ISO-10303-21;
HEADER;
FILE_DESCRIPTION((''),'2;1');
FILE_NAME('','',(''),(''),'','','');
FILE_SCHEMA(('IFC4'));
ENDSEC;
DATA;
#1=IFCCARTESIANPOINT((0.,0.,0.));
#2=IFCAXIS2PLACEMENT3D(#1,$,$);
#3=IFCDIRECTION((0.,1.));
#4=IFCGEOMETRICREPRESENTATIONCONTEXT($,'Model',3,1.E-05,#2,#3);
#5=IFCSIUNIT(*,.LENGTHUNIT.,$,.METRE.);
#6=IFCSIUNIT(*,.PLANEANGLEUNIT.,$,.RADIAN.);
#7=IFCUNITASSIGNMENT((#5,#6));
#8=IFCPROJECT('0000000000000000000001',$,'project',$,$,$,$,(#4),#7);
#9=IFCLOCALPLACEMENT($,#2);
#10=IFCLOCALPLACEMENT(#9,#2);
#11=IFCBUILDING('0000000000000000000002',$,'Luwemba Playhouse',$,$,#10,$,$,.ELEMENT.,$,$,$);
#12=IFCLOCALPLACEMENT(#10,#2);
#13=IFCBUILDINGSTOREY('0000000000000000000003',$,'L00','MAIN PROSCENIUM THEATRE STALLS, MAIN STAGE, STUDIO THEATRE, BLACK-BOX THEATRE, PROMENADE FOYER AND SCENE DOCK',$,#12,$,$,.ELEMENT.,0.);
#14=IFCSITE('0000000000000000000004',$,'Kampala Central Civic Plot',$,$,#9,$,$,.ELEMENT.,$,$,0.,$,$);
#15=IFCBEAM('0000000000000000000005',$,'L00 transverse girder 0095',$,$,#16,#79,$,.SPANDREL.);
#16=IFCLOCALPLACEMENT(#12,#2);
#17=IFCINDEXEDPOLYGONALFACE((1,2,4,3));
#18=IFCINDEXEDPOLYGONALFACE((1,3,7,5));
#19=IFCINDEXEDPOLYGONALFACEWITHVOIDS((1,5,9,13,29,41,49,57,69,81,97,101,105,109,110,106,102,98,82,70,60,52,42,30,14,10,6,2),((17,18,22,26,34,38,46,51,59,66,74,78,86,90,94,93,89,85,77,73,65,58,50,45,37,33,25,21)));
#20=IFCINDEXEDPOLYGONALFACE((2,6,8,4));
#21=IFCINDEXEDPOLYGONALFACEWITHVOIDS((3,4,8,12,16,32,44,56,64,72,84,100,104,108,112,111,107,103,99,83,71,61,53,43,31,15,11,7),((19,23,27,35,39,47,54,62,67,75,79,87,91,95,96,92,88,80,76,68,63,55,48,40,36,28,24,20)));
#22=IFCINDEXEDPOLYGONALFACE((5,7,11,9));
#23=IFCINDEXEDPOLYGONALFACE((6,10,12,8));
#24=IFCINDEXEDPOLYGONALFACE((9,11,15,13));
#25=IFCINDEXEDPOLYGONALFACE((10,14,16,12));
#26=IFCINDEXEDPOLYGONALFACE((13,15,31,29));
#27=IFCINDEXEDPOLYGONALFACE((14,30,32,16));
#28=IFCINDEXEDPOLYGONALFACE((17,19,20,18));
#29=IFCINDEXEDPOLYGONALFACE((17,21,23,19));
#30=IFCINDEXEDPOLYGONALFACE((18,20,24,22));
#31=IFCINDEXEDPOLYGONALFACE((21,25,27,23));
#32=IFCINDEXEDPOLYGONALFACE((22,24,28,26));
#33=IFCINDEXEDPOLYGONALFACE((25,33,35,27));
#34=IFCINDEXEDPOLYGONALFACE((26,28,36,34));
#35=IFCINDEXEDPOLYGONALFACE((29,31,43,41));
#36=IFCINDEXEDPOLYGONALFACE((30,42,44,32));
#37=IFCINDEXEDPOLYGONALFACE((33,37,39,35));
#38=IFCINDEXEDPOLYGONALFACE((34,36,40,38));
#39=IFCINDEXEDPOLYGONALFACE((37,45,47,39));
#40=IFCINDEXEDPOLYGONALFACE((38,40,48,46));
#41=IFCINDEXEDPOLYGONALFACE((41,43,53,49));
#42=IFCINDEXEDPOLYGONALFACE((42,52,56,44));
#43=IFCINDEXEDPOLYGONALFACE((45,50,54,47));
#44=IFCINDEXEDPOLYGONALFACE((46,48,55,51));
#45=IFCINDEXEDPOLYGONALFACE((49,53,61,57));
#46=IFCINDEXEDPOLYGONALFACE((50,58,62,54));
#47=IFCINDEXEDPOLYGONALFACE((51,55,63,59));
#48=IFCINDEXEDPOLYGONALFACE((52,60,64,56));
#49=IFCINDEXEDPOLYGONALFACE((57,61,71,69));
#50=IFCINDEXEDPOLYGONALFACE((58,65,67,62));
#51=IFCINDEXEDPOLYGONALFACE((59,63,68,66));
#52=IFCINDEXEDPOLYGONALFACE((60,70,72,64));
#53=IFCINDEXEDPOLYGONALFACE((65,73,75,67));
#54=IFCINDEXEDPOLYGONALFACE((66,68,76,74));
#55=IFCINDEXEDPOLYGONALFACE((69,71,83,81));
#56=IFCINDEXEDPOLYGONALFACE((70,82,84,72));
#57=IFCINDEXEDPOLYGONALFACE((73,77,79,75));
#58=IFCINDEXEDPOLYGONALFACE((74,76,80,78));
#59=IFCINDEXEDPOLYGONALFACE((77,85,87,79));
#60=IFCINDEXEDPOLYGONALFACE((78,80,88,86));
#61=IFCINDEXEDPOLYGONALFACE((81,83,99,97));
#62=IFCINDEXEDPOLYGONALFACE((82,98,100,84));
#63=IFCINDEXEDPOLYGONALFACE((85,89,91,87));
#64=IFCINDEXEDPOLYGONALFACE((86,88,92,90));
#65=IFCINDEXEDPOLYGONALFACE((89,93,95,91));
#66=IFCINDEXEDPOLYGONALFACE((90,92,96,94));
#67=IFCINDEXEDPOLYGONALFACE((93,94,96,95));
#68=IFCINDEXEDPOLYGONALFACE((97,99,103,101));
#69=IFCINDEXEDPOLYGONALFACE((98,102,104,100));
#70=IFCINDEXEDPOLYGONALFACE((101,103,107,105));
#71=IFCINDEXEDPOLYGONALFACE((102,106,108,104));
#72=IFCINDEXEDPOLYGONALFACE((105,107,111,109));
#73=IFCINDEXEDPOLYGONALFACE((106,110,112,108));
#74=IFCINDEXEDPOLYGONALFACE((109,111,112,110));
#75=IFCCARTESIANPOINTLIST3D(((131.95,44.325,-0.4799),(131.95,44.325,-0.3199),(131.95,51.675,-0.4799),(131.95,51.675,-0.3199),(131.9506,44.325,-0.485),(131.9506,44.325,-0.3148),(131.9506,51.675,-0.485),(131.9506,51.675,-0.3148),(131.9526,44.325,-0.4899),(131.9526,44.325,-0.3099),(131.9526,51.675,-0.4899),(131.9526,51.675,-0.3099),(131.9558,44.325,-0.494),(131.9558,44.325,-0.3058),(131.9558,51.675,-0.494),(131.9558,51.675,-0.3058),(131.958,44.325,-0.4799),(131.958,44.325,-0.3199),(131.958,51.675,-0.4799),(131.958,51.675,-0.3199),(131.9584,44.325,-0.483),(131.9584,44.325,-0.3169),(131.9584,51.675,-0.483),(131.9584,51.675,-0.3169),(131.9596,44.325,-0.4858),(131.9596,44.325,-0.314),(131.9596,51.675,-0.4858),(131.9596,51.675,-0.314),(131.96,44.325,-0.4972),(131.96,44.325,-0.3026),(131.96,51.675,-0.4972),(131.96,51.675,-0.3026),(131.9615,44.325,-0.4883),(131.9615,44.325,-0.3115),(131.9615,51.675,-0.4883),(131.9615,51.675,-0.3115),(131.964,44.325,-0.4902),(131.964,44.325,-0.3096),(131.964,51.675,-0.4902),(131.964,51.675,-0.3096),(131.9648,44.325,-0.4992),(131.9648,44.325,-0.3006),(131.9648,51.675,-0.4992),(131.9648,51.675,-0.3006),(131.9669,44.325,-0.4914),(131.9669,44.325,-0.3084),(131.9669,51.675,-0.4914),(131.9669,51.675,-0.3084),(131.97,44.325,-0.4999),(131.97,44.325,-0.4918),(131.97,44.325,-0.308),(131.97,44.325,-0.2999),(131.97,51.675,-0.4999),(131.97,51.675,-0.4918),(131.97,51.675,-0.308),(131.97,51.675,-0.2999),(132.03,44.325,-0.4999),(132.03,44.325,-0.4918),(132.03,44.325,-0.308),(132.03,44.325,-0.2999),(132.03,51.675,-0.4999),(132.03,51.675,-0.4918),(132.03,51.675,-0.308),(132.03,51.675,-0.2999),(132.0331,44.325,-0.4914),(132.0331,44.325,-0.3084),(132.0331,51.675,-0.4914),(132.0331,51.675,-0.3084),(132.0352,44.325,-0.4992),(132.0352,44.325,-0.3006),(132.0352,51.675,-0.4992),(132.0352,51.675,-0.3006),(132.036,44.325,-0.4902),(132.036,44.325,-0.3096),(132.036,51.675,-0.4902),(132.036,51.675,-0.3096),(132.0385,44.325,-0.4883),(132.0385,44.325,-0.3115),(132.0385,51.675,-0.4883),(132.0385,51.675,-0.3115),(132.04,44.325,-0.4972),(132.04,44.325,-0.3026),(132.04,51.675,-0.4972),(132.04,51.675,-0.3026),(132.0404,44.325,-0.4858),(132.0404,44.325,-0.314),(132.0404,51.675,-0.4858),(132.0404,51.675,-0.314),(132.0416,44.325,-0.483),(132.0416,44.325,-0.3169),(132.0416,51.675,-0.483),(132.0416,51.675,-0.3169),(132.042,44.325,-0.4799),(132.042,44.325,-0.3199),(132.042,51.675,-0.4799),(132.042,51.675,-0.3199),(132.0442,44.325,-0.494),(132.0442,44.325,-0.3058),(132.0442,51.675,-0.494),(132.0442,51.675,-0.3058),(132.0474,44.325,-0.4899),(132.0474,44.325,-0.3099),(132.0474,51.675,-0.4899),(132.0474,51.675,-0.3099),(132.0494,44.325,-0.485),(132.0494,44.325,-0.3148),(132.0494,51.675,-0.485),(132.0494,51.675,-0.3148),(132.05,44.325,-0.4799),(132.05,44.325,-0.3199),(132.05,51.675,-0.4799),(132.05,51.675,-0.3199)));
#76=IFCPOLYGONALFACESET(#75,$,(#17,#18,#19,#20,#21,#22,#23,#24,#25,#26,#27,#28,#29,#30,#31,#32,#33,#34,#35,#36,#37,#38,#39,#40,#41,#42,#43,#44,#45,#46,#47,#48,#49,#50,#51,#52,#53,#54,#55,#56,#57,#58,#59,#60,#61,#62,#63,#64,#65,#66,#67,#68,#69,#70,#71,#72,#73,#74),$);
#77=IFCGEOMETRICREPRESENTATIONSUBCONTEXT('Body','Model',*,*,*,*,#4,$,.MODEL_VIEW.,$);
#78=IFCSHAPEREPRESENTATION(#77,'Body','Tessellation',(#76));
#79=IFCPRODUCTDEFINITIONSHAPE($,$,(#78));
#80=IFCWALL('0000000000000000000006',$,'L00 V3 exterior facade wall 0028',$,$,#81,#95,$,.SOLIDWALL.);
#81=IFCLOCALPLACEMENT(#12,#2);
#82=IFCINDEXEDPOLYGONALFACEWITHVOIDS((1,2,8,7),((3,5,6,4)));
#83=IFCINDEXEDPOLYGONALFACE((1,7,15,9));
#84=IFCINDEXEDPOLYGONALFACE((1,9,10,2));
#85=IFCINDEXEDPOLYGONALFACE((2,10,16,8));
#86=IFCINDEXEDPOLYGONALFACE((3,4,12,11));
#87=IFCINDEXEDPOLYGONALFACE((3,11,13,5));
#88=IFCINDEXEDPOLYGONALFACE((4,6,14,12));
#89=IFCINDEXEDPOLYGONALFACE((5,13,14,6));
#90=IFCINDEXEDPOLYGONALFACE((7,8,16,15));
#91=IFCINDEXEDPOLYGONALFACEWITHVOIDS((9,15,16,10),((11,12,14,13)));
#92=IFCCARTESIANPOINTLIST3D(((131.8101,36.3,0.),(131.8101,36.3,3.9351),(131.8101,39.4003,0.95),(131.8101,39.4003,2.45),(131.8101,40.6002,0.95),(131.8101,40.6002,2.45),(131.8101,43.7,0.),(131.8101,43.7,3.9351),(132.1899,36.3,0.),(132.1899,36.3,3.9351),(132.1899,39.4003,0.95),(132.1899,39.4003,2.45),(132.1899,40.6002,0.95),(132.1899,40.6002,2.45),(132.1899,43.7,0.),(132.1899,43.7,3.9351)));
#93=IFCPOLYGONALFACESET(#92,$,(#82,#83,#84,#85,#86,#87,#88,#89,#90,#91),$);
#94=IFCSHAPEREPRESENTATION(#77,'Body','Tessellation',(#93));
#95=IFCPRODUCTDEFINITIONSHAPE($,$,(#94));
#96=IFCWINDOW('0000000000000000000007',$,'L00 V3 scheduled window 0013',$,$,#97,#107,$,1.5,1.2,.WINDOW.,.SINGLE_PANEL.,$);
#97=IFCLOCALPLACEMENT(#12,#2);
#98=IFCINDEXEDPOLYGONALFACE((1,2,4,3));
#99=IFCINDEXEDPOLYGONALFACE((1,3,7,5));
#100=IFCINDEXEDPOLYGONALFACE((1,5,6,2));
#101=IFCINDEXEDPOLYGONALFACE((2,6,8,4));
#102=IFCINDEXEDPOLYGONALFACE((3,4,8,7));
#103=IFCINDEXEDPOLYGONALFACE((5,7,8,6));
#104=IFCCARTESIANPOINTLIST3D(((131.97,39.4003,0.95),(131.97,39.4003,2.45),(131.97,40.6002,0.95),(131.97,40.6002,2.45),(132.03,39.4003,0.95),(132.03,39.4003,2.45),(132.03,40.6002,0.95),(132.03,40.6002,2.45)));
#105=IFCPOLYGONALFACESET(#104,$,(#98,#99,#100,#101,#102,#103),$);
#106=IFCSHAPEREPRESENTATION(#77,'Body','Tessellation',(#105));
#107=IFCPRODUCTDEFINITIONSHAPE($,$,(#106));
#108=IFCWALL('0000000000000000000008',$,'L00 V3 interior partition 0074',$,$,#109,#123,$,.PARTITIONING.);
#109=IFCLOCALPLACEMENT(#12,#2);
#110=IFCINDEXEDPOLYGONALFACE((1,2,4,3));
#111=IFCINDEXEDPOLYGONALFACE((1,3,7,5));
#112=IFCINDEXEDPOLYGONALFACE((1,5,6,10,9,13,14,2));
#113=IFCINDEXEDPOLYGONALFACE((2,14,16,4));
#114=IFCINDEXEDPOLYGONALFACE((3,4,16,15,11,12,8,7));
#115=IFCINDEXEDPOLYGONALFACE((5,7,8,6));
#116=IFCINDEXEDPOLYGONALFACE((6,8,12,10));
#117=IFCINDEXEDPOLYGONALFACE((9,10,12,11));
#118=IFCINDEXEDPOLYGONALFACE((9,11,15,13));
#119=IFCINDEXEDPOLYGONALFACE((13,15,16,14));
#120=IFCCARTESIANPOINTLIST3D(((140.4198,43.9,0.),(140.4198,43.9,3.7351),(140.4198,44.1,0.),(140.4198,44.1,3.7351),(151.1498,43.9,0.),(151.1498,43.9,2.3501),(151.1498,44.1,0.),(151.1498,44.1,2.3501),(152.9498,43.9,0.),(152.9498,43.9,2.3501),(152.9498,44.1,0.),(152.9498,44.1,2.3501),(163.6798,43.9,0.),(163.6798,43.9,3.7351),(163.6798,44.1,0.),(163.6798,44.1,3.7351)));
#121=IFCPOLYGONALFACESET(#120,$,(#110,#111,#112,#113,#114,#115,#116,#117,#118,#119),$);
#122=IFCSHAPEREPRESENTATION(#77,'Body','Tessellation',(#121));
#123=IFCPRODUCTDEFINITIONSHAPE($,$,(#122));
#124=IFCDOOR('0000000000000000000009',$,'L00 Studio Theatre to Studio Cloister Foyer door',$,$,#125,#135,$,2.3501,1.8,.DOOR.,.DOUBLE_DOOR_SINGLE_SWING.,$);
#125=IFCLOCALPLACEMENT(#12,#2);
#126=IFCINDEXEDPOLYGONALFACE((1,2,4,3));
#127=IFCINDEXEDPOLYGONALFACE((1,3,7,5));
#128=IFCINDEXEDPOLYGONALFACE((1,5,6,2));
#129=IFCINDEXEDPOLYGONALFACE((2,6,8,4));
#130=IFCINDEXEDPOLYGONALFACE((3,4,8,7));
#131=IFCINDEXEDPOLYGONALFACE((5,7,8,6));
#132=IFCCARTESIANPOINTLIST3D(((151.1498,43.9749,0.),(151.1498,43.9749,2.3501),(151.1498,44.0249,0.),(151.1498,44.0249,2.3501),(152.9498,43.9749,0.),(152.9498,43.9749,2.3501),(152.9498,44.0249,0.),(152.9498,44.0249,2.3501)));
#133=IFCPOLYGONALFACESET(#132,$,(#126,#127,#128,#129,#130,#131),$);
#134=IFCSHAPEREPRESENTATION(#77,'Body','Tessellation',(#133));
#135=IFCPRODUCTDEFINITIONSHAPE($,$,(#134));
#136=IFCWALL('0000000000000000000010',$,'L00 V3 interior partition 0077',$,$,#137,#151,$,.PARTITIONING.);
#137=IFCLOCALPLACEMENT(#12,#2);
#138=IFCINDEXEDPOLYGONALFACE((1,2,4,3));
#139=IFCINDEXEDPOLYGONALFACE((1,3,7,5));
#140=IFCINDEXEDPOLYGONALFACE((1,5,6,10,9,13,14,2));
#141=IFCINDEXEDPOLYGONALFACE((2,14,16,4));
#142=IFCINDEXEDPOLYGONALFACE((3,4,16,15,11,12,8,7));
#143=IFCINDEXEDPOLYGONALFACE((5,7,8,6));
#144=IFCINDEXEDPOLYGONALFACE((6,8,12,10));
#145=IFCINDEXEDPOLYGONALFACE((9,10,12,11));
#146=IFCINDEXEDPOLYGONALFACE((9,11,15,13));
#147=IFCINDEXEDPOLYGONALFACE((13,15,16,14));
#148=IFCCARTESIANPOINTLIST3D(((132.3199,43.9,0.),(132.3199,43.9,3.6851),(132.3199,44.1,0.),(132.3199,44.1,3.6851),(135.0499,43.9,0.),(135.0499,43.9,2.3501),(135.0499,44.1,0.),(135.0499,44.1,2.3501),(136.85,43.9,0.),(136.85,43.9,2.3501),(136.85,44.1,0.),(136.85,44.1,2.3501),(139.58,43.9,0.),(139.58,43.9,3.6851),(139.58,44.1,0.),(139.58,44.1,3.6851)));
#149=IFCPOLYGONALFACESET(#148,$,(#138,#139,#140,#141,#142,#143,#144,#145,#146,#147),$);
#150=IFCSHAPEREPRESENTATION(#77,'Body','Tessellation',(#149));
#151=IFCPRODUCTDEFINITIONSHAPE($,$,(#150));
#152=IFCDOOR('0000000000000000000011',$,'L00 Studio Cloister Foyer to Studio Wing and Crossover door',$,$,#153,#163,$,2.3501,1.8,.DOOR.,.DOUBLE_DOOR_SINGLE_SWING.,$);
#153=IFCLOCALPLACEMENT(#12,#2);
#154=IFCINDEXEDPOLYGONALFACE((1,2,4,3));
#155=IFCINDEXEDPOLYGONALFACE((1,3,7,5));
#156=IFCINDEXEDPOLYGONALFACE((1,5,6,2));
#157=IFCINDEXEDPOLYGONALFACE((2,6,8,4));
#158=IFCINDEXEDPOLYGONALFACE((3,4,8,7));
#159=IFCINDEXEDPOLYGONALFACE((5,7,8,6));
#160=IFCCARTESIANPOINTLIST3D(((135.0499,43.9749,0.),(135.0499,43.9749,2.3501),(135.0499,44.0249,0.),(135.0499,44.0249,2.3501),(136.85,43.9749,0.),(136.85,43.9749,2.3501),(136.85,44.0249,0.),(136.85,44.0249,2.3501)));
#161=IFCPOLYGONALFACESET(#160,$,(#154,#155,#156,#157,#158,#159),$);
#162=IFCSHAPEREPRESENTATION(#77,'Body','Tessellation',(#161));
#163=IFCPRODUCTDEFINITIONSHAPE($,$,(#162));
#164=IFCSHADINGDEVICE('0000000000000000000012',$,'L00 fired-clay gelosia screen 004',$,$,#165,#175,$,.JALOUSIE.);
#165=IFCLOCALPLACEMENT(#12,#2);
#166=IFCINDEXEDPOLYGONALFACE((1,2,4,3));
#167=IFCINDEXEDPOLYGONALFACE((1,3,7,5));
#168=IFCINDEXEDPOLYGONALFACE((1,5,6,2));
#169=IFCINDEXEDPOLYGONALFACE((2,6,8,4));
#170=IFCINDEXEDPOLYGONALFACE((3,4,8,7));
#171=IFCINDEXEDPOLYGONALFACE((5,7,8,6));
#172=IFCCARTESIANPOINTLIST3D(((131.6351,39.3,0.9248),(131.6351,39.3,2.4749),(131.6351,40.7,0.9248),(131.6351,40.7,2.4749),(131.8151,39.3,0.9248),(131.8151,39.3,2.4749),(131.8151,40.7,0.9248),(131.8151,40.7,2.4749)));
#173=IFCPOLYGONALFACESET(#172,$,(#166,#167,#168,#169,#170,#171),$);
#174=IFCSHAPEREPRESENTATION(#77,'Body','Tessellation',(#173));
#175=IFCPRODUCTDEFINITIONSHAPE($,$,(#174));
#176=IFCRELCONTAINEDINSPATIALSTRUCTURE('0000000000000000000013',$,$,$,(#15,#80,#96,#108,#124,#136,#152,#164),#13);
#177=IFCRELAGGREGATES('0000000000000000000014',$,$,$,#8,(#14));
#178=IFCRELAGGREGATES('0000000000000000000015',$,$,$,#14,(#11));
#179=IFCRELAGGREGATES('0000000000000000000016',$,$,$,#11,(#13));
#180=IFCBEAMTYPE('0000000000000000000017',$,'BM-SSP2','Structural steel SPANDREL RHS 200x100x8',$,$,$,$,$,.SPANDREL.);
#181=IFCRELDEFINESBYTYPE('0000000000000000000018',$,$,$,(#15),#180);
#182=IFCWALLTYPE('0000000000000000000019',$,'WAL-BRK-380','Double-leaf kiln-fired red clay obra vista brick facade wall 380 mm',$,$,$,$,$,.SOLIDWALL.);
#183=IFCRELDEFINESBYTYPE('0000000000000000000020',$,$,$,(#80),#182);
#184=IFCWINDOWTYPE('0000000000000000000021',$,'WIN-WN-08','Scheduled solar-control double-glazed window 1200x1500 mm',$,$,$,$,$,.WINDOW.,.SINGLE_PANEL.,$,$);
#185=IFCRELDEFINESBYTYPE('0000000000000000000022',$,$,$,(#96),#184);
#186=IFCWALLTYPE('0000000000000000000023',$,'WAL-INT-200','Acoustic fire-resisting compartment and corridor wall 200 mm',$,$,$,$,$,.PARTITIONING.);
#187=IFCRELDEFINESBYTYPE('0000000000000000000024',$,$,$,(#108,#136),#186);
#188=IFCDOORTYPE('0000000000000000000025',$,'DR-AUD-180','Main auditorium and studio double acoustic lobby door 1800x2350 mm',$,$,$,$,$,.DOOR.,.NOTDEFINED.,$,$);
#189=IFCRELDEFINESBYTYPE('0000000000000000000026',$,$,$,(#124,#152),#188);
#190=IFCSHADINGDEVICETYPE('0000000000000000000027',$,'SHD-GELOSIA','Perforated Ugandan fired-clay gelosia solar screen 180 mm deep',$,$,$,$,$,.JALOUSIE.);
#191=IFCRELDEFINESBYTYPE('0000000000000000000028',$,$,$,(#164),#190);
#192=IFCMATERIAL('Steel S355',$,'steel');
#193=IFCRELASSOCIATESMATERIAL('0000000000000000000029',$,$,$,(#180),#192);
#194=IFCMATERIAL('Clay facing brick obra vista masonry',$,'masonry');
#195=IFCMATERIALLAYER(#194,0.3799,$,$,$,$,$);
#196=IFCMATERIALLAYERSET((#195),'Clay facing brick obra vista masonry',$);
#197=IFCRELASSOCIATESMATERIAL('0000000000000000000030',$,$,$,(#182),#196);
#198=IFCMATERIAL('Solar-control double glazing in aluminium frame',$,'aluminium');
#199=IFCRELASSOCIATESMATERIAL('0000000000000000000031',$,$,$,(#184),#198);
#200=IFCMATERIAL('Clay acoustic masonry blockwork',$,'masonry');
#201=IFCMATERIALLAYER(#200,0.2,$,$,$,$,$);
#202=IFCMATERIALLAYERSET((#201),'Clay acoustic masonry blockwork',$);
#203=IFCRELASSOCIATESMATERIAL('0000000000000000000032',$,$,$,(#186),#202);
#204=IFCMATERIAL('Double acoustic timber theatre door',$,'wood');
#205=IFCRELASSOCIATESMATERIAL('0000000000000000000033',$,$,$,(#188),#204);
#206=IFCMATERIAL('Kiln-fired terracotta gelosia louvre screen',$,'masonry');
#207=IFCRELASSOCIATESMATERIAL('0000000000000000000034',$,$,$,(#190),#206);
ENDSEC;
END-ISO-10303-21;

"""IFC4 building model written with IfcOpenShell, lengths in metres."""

from ifc_helpers import new_model, si_unit, direction, frame, frame_2d, origin, origin_2d, place, context, subcontext, project, spatial, rectangle, hollow_rectangle, extrude, material, layer, layer_set, material_profile, profile_set, type_object, element, fill, save


model = new_model("IFC4")

# Units and contexts
model_context = context("Model", 3, precision=1e-05, world=origin(), true_north=direction((0.0, 1.0)))
body_context = subcontext(model_context, "Body", "Model", "MODEL_VIEW")
ifc_project = project(units=[si_unit("LENGTHUNIT", "METRE"), si_unit("PLANEANGLEUNIT", "RADIAN")], contexts=[model_context])

# Site, building, storey
site_placement = place(None, origin())
site = spatial("IfcSite", under=ifc_project, at=site_placement, Name="Kampala Central Civic Plot", CompositionType="ELEMENT", RefElevation=0.0)
building_placement = place(site_placement, origin())
building = spatial("IfcBuilding", under=site, at=building_placement, Name="Luwemba Playhouse", CompositionType="ELEMENT")
storey_placement = place(building_placement, origin())
storey = spatial("IfcBuildingStorey", under=building, at=storey_placement, Name="L00", Description="MAIN PROSCENIUM THEATRE STALLS, MAIN STAGE, STUDIO THEATRE, BLACK-BOX THEATRE, PROMENADE FOYER AND SCENE DOCK", CompositionType="ELEMENT", Elevation=0.0)

# Beam
ifc_material_1 = material(Name="Steel S355", Category="steel")
ifc_material_profile_1 = material_profile(ifc_material_1, hollow_rectangle(XDim=0.1001, YDim=0.2, WallThickness=0.0081, InnerFilletRadius=0.012, OuterFilletRadius=0.02, at=origin_2d()))
ifc_profile_set_1 = profile_set([ifc_material_profile_1], Name="Steel S355")
beam_type_1 = type_object("IfcBeamType", Name="BM-SSP2", Description="Structural steel SPANDREL RHS 200x100x8", PredefinedType="SPANDREL", material=ifc_profile_set_1)
beam_1_placement = place(storey_placement, frame((132.0, 44.325, -0.3999), z_axis=(0.0, 1.0, 0.0), x_axis=(-1.0, 0.0, 0.0)))
element("IfcBeam", 1, at=beam_1_placement, inside=storey, type_object=beam_type_1, Name="L00 transverse girder 0095", PredefinedType="SPANDREL", context=body_context, shape_type="SweptSolid", body=[
    extrude(hollow_rectangle(XDim=0.1001, YDim=0.2, WallThickness=0.0081, InnerFilletRadius=0.012, OuterFilletRadius=0.02, at=origin_2d()), origin(), (0.0, 0.0, 1.0), 7.3501),
])

# Wall, opening, window
ifc_material_2 = material(Name="Clay facing brick obra vista masonry", Category="masonry")
ifc_layer_1 = layer(ifc_material_2, 0.3799)
ifc_layer_set_1 = layer_set([ifc_layer_1], Name="Clay facing brick obra vista masonry")
wall_type_1 = type_object("IfcWallType", Name="WAL-BRK-380", Description="Double-leaf kiln-fired red clay obra vista brick facade wall 380 mm", PredefinedType="SOLIDWALL", material=ifc_layer_set_1)
wall_1_placement = place(storey_placement, frame((132.0, 36.3, 0.0), z_axis=(0.0, 0.0, 1.0), x_axis=(0.0, 1.0, 0.0)))
wall_1 = element("IfcWall", 2, at=wall_1_placement, inside=storey, type_object=wall_type_1, Name="L00 V3 exterior facade wall 0028", PredefinedType="SOLIDWALL", context=body_context, shape_type="SweptSolid", body=[
    extrude(rectangle(XDim=7.3999, YDim=0.3799, at=frame_2d((3.7, 0.0))), origin(), (0.0, 0.0, 1.0), 3.9351),
])
opening_1_placement = place(wall_1_placement, frame((3.1001, 0.0, 0.95)))
opening_1 = element("IfcOpeningElement", 3, at=opening_1_placement, cuts=wall_1, PredefinedType="OPENING", context=body_context, shape_type="SweptSolid", body=[
    extrude(rectangle(XDim=1.2, YDim=1.5, at=frame_2d((0.6001, 0.75))), frame((0.0, 0.2, 0.0), z_axis=(0.0, -1.0, 0.0), x_axis=(1.0, 0.0, 0.0)), (0.0, 0.0, 1.0), 0.3999),
])
ifc_material_3 = material(Name="Solar-control double glazing in aluminium frame", Category="aluminium")
window_type = type_object("IfcWindowType", Name="WIN-WN-08", Description="Scheduled solar-control double-glazed window 1200x1500 mm", PartitioningType="SINGLE_PANEL", PredefinedType="WINDOW", material=ifc_material_3)
window_placement = place(opening_1_placement, origin())
window = element("IfcWindow", 4, at=window_placement, inside=storey, type_object=window_type, Name="L00 V3 scheduled window 0013", OverallHeight=1.5, OverallWidth=1.2, PartitioningType="SINGLE_PANEL", PredefinedType="WINDOW", context=body_context, shape_type="SweptSolid", body=[
    extrude(rectangle(XDim=1.2, YDim=1.5, at=frame_2d((0.6001, 0.75))), frame((0.0, 0.03, 0.0), z_axis=(0.0, -1.0, 0.0), x_axis=(1.0, 0.0, 0.0)), (0.0, 0.0, 1.0), 0.0601),
])
fill(opening_1, window)

# Walls, openings, doors
ifc_material_4 = material(Name="Clay acoustic masonry blockwork", Category="masonry")
ifc_layer_2 = layer(ifc_material_4, 0.2)
ifc_layer_set_2 = layer_set([ifc_layer_2], Name="Clay acoustic masonry blockwork")
wall_type_2 = type_object("IfcWallType", Name="WAL-INT-200", Description="Acoustic fire-resisting compartment and corridor wall 200 mm", PredefinedType="PARTITIONING", material=ifc_layer_set_2)
wall_2_placement = place(storey_placement, frame((140.4199, 44.0, 0.0), z_axis=(0.0, 0.0, 1.0), x_axis=(1.0, 0.0, 0.0)))
wall_2 = element("IfcWall", 5, at=wall_2_placement, inside=storey, type_object=wall_type_2, Name="L00 V3 interior partition 0074", PredefinedType="PARTITIONING", context=body_context, shape_type="SweptSolid", body=[
    extrude(rectangle(XDim=23.26, YDim=0.2, at=frame_2d((11.6299, 0.0))), origin(), (0.0, 0.0, 1.0), 3.7351),
])
opening_2_placement = place(wall_2_placement, frame((10.73, 0.0, 0.0)))
opening_2 = element("IfcOpeningElement", 6, at=opening_2_placement, cuts=wall_2, PredefinedType="OPENING", context=body_context, shape_type="SweptSolid", body=[
    extrude(rectangle(XDim=1.8, YDim=2.3501, at=frame_2d((0.8999, 1.175))), frame((0.0, 0.1099, 0.0), z_axis=(0.0, -1.0, 0.0), x_axis=(1.0, 0.0, 0.0)), (0.0, 0.0, 1.0), 0.22),
])
ifc_material_5 = material(Name="Double acoustic timber theatre door", Category="wood")
door_type_1 = type_object("IfcDoorType", Name="DR-AUD-180", Description="Main auditorium and studio double acoustic lobby door 1800x2350 mm", OperationType="NOTDEFINED", PredefinedType="DOOR", material=ifc_material_5)
door_1_placement = place(opening_2_placement, origin())
door_1 = element("IfcDoor", 7, at=door_1_placement, inside=storey, type_object=door_type_1, Name="L00 Studio Theatre to Studio Cloister Foyer door", OperationType="DOUBLE_DOOR_SINGLE_SWING", OverallHeight=2.3501, OverallWidth=1.8, PredefinedType="DOOR", context=body_context, shape_type="SweptSolid", body=[
    extrude(rectangle(XDim=1.8, YDim=2.3501, at=frame_2d((0.8999, 1.175))), frame((0.0, 0.0249, 0.0), z_axis=(0.0, -1.0, 0.0), x_axis=(1.0, 0.0, 0.0)), (0.0, 0.0, 1.0), 0.05),
])
fill(opening_2, door_1)
wall_3_placement = place(storey_placement, frame((132.3201, 44.0, 0.0), z_axis=(0.0, 0.0, 1.0), x_axis=(1.0, 0.0, 0.0)))
wall_3 = element("IfcWall", 8, at=wall_3_placement, inside=storey, type_object=wall_type_2, Name="L00 V3 interior partition 0077", PredefinedType="PARTITIONING", context=body_context, shape_type="SweptSolid", body=[
    extrude(rectangle(XDim=7.26, YDim=0.2, at=frame_2d((3.6299, 0.0))), origin(), (0.0, 0.0, 1.0), 3.6851),
])
opening_3_placement = place(wall_3_placement, frame((2.73, 0.0, 0.0)))
opening_3 = element("IfcOpeningElement", 9, at=opening_3_placement, cuts=wall_3, PredefinedType="OPENING", context=body_context, shape_type="SweptSolid", body=[
    extrude(rectangle(XDim=1.8, YDim=2.3501, at=frame_2d((0.8999, 1.175))), frame((0.0, 0.1099, 0.0), z_axis=(0.0, -1.0, 0.0), x_axis=(1.0, 0.0, 0.0)), (0.0, 0.0, 1.0), 0.22),
])
door_2_placement = place(opening_3_placement, origin())
door_2 = element("IfcDoor", 10, at=door_2_placement, inside=storey, type_object=door_type_1, Name="L00 Studio Cloister Foyer to Studio Wing and Crossover door", OperationType="DOUBLE_DOOR_SINGLE_SWING", OverallHeight=2.3501, OverallWidth=1.8, PredefinedType="DOOR", context=body_context, shape_type="SweptSolid", body=[
    extrude(rectangle(XDim=1.8, YDim=2.3501, at=frame_2d((0.8999, 1.175))), frame((0.0, 0.0249, 0.0), z_axis=(0.0, -1.0, 0.0), x_axis=(1.0, 0.0, 0.0)), (0.0, 0.0, 1.0), 0.05),
])
fill(opening_3, door_2)

# Shading device
ifc_material_6 = material(Name="Kiln-fired terracotta gelosia louvre screen", Category="masonry")
shading_device_type = type_object("IfcShadingDeviceType", Name="SHD-GELOSIA", Description="Perforated Ugandan fired-clay gelosia solar screen 180 mm deep", PredefinedType="JALOUSIE", material=ifc_material_6)
shading_device_placement = place(storey_placement, frame((131.7251, 40.0, 0.9248), z_axis=(0.0, 0.0, 1.0), x_axis=(0.0, 1.0, 0.0)))
element("IfcShadingDevice", 11, at=shading_device_placement, inside=storey, type_object=shading_device_type, Name="L00 fired-clay gelosia screen 004", PredefinedType="JALOUSIE", context=body_context, shape_type="SweptSolid", body=[
    extrude(rectangle(XDim=1.3999, YDim=0.1799, at=origin_2d()), origin(), (0.0, 0.0, 1.0), 1.55),
])

save(model, "model.ifc")
